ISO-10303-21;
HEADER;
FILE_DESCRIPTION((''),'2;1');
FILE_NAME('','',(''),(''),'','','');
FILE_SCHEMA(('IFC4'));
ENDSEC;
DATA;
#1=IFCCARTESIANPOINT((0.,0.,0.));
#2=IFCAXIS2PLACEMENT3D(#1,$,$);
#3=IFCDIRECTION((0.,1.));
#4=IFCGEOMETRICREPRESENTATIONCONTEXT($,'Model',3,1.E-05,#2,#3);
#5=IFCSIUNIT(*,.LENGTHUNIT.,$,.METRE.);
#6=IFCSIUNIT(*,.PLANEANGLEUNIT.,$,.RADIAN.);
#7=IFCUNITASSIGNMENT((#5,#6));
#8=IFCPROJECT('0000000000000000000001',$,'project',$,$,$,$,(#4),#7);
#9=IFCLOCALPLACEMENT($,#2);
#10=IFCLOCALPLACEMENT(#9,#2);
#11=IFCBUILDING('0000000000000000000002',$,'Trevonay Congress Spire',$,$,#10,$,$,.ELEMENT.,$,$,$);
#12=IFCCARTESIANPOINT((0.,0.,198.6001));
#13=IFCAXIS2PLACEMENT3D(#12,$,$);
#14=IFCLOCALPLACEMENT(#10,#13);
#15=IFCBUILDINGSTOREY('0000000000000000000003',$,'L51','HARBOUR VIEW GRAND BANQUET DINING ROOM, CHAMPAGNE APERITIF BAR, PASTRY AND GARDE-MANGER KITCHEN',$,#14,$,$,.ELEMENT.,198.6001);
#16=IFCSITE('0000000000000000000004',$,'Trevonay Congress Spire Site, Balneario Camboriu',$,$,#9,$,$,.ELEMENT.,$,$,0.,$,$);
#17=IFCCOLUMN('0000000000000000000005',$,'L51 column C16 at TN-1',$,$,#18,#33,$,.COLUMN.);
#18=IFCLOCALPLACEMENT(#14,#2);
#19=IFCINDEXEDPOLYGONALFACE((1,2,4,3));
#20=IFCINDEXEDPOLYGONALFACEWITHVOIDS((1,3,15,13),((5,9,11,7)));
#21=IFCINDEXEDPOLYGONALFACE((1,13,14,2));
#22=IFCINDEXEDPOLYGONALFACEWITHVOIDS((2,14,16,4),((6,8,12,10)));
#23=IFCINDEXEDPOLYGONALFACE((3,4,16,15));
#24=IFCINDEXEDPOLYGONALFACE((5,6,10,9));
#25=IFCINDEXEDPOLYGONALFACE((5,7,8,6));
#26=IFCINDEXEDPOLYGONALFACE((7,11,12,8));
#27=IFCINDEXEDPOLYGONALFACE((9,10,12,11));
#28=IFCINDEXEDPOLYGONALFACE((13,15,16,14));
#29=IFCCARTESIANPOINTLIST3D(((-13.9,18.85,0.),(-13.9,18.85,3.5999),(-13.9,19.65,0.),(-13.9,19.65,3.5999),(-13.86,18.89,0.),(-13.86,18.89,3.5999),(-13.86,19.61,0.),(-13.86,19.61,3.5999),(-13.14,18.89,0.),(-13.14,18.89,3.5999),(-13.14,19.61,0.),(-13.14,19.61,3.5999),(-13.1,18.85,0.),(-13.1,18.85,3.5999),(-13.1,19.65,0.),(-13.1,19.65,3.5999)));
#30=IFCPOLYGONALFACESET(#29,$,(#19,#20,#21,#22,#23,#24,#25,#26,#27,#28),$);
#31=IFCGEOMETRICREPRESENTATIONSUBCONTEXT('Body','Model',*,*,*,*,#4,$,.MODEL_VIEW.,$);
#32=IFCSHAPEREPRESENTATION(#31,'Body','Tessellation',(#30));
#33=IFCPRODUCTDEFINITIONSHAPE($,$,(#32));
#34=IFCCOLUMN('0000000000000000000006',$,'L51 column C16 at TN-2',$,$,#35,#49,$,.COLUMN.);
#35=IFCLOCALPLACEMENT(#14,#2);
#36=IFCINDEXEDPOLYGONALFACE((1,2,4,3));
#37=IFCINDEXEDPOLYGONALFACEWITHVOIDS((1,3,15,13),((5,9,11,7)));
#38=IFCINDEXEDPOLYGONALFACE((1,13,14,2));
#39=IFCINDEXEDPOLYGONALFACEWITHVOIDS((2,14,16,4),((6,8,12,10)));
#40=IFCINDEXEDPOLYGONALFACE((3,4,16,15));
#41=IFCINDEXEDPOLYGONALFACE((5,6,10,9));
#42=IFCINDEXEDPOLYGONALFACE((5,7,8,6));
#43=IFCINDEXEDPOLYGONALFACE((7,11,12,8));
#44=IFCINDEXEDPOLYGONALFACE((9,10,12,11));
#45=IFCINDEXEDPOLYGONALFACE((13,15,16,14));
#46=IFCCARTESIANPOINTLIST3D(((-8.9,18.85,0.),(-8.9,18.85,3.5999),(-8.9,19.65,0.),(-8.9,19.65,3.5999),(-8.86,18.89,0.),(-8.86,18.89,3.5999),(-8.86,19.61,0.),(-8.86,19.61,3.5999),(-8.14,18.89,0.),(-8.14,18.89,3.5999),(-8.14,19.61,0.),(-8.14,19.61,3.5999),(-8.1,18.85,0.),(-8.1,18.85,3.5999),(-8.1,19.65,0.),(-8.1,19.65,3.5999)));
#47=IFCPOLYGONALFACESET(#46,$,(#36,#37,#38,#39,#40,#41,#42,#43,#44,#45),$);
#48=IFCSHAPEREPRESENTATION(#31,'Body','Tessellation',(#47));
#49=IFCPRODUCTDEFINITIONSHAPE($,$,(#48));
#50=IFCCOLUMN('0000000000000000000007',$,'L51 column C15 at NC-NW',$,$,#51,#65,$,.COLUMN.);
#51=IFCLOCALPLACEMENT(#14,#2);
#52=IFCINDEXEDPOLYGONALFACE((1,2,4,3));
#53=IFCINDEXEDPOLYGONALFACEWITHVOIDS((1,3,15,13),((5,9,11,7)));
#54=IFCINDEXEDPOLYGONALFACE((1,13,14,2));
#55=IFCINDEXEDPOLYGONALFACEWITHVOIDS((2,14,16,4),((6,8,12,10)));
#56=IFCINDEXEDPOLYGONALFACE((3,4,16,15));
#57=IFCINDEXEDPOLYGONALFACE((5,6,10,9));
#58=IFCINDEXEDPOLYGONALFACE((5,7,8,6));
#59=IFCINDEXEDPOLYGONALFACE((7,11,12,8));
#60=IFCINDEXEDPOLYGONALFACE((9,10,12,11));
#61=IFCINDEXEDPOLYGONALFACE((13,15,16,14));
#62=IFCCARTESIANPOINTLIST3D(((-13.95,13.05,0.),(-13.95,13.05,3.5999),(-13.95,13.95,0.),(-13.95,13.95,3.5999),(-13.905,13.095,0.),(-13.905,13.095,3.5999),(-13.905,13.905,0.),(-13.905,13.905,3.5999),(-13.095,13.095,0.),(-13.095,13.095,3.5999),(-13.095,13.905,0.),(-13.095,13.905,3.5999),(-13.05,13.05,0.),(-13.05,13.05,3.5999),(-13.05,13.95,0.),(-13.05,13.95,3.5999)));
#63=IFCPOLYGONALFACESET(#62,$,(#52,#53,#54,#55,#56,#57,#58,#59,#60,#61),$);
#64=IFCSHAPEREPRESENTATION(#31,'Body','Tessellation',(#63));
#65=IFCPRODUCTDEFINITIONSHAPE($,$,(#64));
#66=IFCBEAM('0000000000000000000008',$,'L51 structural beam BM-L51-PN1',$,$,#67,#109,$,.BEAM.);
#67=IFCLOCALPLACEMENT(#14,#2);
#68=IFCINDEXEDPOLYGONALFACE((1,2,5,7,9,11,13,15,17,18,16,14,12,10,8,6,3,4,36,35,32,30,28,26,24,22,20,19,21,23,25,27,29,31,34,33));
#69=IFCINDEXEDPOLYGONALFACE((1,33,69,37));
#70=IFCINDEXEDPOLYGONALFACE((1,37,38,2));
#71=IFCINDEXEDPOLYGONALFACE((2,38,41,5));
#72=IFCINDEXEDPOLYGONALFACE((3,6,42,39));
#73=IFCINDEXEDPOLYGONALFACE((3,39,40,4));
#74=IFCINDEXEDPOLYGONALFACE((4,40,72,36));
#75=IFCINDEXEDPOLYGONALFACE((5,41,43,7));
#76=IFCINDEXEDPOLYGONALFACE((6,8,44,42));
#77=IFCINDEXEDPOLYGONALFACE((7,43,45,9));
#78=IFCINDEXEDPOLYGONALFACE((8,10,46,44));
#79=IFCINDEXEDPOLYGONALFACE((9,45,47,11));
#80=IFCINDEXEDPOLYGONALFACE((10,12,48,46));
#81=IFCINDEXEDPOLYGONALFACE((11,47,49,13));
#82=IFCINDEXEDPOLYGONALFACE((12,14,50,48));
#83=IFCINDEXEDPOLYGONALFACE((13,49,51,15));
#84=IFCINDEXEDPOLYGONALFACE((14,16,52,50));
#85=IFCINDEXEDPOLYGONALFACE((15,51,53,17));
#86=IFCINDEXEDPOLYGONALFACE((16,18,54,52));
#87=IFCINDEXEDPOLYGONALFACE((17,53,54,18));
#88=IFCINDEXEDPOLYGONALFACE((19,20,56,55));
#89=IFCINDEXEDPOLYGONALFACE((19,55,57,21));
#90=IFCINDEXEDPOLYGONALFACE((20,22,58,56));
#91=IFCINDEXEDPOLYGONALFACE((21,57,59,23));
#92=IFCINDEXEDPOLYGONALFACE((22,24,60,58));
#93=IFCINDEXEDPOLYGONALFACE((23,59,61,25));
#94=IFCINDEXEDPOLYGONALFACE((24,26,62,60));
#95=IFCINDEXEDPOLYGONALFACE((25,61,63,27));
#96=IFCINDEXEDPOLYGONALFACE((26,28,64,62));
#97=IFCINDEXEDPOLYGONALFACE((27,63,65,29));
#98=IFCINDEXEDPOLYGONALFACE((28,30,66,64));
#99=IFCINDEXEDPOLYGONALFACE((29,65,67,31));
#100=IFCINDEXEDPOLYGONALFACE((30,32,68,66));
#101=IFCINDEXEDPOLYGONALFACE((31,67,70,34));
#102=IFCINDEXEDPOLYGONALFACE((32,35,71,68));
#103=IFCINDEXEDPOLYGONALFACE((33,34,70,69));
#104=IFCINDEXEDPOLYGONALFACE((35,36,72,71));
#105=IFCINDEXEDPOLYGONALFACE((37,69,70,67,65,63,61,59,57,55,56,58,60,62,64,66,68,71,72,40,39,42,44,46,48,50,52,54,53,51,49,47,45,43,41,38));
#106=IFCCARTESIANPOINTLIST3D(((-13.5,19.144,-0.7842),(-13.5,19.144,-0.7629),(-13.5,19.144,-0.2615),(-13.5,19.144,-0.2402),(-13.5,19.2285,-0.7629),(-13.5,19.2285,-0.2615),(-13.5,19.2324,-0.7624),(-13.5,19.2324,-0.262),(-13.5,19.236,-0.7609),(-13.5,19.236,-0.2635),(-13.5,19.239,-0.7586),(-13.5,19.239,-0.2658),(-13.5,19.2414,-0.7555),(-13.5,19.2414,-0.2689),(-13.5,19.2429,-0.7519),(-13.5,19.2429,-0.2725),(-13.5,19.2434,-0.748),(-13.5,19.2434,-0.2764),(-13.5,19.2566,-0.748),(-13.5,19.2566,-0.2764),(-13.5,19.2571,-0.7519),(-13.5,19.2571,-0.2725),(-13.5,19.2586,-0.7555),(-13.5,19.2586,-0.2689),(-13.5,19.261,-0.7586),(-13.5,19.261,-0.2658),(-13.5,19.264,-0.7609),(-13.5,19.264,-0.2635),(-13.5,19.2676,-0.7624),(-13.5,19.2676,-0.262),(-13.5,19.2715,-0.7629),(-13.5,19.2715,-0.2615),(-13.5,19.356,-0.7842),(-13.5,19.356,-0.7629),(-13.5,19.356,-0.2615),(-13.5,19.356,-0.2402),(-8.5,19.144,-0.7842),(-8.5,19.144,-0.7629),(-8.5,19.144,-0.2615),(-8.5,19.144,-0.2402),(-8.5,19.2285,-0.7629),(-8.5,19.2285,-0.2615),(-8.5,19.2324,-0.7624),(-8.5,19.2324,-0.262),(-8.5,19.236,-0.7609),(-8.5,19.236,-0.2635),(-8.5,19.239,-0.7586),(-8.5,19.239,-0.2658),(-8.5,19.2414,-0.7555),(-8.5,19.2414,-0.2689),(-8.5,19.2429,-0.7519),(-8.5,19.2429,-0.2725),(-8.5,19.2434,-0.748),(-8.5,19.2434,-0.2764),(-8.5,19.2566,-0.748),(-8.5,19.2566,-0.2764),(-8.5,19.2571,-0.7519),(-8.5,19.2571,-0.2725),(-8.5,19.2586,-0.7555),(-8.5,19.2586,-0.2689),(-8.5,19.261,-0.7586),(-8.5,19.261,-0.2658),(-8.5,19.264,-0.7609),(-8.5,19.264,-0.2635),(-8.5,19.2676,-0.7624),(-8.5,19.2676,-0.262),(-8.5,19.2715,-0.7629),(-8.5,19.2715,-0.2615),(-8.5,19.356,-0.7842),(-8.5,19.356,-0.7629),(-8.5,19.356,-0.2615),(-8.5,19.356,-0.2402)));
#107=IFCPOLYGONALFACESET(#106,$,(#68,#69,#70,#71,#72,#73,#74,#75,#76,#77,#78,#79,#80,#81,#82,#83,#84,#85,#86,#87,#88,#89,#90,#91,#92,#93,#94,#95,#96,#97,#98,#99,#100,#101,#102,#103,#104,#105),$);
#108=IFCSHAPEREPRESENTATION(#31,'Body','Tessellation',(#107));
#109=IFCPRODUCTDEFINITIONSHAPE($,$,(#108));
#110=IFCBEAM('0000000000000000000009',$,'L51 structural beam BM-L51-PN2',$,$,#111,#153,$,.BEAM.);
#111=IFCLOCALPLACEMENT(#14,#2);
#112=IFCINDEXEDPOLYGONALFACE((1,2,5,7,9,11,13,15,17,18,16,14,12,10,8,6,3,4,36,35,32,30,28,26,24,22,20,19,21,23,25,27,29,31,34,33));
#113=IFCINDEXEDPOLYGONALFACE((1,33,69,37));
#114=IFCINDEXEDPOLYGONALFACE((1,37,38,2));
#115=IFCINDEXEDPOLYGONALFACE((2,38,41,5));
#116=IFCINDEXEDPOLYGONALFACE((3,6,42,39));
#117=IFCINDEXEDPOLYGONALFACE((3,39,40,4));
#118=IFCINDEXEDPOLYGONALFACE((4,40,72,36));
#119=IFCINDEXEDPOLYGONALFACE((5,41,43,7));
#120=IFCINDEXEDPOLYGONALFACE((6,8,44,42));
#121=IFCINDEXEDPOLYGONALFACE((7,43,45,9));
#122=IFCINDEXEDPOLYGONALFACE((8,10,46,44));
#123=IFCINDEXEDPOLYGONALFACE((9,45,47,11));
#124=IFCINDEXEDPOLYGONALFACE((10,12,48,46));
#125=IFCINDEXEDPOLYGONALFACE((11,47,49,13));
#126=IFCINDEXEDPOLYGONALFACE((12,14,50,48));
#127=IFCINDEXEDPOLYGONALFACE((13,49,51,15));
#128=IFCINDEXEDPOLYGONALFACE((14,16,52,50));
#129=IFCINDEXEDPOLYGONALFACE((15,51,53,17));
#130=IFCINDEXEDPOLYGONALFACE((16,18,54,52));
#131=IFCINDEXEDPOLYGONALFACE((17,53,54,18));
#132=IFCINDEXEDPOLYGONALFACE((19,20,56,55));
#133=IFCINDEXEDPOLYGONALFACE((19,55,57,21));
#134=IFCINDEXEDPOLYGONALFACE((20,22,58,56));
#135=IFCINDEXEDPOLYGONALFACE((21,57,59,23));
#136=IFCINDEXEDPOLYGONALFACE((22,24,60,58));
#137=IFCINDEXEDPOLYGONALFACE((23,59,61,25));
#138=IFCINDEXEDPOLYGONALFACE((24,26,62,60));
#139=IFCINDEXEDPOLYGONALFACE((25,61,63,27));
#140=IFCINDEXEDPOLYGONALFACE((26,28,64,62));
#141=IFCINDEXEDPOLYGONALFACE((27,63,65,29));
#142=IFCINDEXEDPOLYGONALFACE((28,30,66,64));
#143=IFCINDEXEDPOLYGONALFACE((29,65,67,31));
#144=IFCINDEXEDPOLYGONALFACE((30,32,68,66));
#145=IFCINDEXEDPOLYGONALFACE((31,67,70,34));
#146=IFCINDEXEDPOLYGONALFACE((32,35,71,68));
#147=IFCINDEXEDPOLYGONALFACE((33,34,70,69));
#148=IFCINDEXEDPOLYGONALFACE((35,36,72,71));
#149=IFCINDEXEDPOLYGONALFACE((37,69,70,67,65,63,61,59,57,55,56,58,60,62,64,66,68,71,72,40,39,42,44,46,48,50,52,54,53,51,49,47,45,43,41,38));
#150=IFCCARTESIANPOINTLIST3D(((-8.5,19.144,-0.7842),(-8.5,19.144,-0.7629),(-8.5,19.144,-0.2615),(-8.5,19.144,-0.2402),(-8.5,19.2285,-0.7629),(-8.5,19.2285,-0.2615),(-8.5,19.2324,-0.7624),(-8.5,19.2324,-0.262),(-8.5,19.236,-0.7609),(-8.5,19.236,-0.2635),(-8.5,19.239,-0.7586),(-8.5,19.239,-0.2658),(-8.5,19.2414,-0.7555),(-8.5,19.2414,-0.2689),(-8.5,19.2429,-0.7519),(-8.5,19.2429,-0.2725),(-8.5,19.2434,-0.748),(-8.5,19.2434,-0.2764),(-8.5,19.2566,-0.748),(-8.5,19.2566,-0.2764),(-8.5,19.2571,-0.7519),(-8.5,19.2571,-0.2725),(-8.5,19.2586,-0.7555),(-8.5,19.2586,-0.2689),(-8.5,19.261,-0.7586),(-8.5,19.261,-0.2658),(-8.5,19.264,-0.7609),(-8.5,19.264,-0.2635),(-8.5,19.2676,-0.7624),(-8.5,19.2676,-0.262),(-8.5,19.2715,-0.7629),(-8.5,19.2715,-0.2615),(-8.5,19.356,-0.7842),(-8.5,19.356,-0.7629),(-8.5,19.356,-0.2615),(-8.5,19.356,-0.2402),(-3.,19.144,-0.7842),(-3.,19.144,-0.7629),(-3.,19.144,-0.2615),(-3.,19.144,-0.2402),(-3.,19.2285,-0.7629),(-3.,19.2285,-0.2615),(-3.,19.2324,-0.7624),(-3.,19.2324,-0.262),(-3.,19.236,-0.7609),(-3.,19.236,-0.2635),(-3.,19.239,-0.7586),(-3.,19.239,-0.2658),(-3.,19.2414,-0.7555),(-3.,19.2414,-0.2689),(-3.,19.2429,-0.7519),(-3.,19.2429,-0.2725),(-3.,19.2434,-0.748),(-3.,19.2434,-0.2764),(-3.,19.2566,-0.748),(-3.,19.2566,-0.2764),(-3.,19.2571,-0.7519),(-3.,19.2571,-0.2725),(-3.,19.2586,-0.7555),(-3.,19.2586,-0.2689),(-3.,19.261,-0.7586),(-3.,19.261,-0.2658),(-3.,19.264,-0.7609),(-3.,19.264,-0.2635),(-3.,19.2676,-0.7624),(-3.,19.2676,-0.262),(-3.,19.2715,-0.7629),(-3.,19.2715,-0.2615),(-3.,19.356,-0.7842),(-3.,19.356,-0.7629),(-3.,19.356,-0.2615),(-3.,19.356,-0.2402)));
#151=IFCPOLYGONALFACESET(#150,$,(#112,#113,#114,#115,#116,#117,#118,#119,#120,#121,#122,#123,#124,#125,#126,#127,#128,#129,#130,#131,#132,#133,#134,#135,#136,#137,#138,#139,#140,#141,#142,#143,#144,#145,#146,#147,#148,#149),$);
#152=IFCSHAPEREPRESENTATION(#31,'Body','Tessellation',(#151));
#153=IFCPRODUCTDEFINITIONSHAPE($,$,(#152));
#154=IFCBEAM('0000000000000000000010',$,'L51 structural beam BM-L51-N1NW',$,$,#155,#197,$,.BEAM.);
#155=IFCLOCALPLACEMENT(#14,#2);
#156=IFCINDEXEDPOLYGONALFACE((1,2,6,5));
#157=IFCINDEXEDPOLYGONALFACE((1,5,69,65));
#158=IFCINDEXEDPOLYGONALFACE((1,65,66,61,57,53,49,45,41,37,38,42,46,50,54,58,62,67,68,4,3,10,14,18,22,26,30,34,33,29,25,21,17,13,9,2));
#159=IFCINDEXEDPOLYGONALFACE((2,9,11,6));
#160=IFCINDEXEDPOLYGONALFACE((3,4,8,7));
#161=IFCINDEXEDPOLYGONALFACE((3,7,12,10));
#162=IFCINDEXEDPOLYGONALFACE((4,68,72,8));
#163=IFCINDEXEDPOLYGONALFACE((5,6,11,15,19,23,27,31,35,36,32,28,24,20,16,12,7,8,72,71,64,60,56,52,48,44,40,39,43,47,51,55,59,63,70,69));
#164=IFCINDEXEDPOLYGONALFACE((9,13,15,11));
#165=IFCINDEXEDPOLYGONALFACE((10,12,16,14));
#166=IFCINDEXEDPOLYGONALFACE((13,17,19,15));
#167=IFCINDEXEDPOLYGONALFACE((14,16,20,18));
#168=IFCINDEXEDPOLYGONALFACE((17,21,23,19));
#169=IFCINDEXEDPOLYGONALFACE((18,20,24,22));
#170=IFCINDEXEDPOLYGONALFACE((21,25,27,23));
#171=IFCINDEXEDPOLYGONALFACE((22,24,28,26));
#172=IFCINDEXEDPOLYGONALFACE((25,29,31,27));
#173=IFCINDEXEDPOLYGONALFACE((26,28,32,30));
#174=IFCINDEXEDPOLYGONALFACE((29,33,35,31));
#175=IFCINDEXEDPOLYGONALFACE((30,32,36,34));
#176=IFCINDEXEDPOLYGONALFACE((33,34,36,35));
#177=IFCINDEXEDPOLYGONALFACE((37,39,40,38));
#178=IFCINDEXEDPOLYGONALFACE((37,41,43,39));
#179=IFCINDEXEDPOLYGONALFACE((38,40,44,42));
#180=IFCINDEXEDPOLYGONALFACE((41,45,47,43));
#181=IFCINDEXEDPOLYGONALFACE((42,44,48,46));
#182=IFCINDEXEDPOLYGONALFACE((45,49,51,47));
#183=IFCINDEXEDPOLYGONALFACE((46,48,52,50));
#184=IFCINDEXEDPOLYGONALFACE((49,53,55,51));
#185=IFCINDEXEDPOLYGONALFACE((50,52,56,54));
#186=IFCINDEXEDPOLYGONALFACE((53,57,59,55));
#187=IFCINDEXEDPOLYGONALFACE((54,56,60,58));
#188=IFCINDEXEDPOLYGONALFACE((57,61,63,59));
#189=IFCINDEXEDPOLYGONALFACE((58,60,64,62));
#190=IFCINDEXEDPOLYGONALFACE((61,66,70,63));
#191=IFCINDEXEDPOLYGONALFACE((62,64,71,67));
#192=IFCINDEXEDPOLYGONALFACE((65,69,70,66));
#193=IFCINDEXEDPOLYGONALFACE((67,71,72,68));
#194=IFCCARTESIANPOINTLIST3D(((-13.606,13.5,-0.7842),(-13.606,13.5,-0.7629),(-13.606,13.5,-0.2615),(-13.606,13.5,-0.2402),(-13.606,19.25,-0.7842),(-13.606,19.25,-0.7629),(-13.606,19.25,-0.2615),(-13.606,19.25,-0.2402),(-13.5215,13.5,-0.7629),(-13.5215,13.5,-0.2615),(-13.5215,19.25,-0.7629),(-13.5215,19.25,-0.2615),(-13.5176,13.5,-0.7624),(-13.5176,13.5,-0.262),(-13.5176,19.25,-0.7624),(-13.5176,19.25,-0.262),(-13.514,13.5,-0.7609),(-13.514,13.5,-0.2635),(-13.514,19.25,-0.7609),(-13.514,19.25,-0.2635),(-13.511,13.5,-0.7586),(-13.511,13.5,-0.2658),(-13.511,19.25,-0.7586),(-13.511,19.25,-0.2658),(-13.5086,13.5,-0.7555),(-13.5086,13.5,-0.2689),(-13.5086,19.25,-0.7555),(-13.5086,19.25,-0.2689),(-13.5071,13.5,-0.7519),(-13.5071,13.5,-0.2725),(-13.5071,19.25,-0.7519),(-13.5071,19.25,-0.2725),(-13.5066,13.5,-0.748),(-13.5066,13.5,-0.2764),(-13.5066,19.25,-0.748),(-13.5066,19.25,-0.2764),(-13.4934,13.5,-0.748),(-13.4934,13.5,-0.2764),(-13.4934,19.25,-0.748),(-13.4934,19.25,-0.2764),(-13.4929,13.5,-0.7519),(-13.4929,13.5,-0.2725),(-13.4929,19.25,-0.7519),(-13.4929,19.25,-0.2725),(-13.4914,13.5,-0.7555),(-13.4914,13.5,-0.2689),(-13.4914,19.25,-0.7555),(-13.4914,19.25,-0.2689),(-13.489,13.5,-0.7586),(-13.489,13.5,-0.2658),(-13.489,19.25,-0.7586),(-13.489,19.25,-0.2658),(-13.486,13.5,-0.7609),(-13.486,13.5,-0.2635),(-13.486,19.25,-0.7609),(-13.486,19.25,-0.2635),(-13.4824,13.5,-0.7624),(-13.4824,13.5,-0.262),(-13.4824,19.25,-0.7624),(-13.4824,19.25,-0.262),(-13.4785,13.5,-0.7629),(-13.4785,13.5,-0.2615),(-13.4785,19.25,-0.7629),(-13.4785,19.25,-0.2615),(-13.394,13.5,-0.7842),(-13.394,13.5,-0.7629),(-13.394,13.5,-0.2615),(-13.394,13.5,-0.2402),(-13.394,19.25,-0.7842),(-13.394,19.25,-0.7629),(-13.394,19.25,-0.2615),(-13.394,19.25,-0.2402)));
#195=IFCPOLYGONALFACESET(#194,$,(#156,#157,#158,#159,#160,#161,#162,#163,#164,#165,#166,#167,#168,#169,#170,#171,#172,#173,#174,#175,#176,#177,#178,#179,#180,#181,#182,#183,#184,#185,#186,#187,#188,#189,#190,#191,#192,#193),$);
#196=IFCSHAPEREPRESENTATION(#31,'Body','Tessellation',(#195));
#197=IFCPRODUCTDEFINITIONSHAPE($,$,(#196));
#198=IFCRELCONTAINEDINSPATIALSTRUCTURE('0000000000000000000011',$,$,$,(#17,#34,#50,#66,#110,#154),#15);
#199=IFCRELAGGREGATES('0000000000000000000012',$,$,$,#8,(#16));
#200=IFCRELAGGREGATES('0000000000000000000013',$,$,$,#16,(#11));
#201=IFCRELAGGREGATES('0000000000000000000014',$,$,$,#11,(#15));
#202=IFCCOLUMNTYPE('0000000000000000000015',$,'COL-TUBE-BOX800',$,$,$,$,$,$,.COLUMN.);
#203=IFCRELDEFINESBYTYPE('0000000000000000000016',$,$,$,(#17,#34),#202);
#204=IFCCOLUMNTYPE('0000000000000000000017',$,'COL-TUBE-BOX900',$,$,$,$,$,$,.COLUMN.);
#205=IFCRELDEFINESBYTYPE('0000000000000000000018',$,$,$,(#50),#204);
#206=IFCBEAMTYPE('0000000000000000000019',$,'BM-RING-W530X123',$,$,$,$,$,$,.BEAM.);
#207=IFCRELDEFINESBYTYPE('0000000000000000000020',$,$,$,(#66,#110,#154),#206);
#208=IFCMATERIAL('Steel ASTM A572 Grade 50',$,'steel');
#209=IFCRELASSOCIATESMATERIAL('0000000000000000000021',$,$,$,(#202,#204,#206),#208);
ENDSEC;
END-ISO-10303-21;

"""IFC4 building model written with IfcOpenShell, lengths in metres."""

from ifc_helpers import new_model, si_unit, direction, frame, origin, origin_2d, place, context, subcontext, project, spatial, hollow_rectangle, i_section, extrude, material, material_profile, profile_set, type_object, element, save


model = new_model("IFC4")

# Units and contexts
model_context = context("Model", 3, precision=1e-05, world=origin(), true_north=direction((0.0, 1.0)))
body_context = subcontext(model_context, "Body", "Model", "MODEL_VIEW")
ifc_project = project(units=[si_unit("LENGTHUNIT", "METRE"), si_unit("PLANEANGLEUNIT", "RADIAN")], contexts=[model_context])

# Site, building, storey
site_placement = place(None, origin())
site = spatial("IfcSite", under=ifc_project, at=site_placement, Name="Trevonay Congress Spire Site, Balneario Camboriu", CompositionType="ELEMENT", RefElevation=0.0)
building_placement = place(site_placement, origin())
building = spatial("IfcBuilding", under=site, at=building_placement, Name="Trevonay Congress Spire", CompositionType="ELEMENT")
storey_placement = place(building_placement, frame((0.0, 0.0, 198.6001)))
storey = spatial("IfcBuildingStorey", under=building, at=storey_placement, Name="L51", Description="HARBOUR VIEW GRAND BANQUET DINING ROOM, CHAMPAGNE APERITIF BAR, PASTRY AND GARDE-MANGER KITCHEN", CompositionType="ELEMENT", Elevation=198.6001)

# Columns
ifc_material_1 = material(Name="Steel ASTM A572 Grade 50", Category="steel")
ifc_material_profile_1 = material_profile(ifc_material_1, hollow_rectangle(XDim=0.8, YDim=0.8, WallThickness=0.04, at=origin_2d()), Name="BOX 800x800x40")
ifc_profile_set_1 = profile_set([ifc_material_profile_1], Name="Steel ASTM A572 Grade 50")
column_type_1 = type_object("IfcColumnType", Name="COL-TUBE-BOX800", PredefinedType="COLUMN", material=ifc_profile_set_1)
for number, where, z_axis, x_axis, name in (
    (1, (-13.5, 19.25, 0.0), (0.0, 0.0, 1.0), (1.0, 0.0, 0.0), "L51 column C16 at TN-1"),
    (2, (-8.5, 19.25, 0.0), (0.0, 0.0, 1.0), (1.0, 0.0, 0.0), "L51 column C16 at TN-2"),
):
    element("IfcColumn", number, at=place(storey_placement, frame(where, z_axis=z_axis, x_axis=x_axis)), inside=storey, type_object=column_type_1, Name=name, PredefinedType="COLUMN", context=body_context, shape_type="SweptSolid", body=[
        extrude(hollow_rectangle(XDim=0.8, YDim=0.8, WallThickness=0.04, at=origin_2d()), origin(), (0.0, 0.0, 1.0), 3.5999),
    ])
ifc_material_profile_2 = material_profile(ifc_material_1, hollow_rectangle(XDim=0.8999, YDim=0.8999, WallThickness=0.0449, at=origin_2d()), Name="BOX 900x900x45")
ifc_profile_set_2 = profile_set([ifc_material_profile_2], Name="Steel ASTM A572 Grade 50")
column_type_2 = type_object("IfcColumnType", Name="COL-TUBE-BOX900", PredefinedType="COLUMN", material=ifc_profile_set_2)
column_placement = place(storey_placement, frame((-13.5, 13.5, 0.0), z_axis=(0.0, 0.0, 1.0), x_axis=(1.0, 0.0, 0.0)))
element("IfcColumn", 3, at=column_placement, inside=storey, type_object=column_type_2, Name="L51 column C15 at NC-NW", PredefinedType="COLUMN", context=body_context, shape_type="SweptSolid", body=[
    extrude(hollow_rectangle(XDim=0.8999, YDim=0.8999, WallThickness=0.0449, at=origin_2d()), origin(), (0.0, 0.0, 1.0), 3.5999),
])

# Beams
ifc_material_profile_3 = material_profile(ifc_material_1, i_section(OverallWidth=0.2119, OverallDepth=0.5439, WebThickness=0.0132, FlangeThickness=0.0212, FilletRadius=0.0149, at=origin_2d()), Name="W530x123")
ifc_profile_set_3 = profile_set([ifc_material_profile_3], Name="Steel ASTM A572 Grade 50")
beam_type = type_object("IfcBeamType", Name="BM-RING-W530X123", PredefinedType="BEAM", material=ifc_profile_set_3)
beam_1_placement = place(storey_placement, frame((-13.5, 19.25, -0.5122), z_axis=(1.0, 0.0, 0.0), x_axis=(0.0, 1.0, 0.0)))
element("IfcBeam", 4, at=beam_1_placement, inside=storey, type_object=beam_type, Name="L51 structural beam BM-L51-PN1", PredefinedType="BEAM", context=body_context, shape_type="SweptSolid", body=[
    extrude(i_section(OverallWidth=0.2119, OverallDepth=0.5439, WebThickness=0.0132, FlangeThickness=0.0212, FilletRadius=0.0149, at=origin_2d()), origin(), (0.0, 0.0, 1.0), 5.0),
])
beam_2_placement = place(storey_placement, frame((-8.5, 19.25, -0.5122), z_axis=(1.0, 0.0, 0.0), x_axis=(0.0, 1.0, 0.0)))
element("IfcBeam", 5, at=beam_2_placement, inside=storey, type_object=beam_type, Name="L51 structural beam BM-L51-PN2", PredefinedType="BEAM", context=body_context, shape_type="SweptSolid", body=[
    extrude(i_section(OverallWidth=0.2119, OverallDepth=0.5439, WebThickness=0.0132, FlangeThickness=0.0212, FilletRadius=0.0149, at=origin_2d()), origin(), (0.0, 0.0, 1.0), 5.5),
])
for number, where, z_axis, x_axis, name in (
    (6, (-13.5, 19.25, -0.5122), (0.0, -1.0, 0.0), (1.0, 0.0, 0.0), "L51 structural beam BM-L51-N1NW"),
):
    element("IfcBeam", number, at=place(storey_placement, frame(where, z_axis=z_axis, x_axis=x_axis)), inside=storey, type_object=beam_type, Name=name, PredefinedType="BEAM", context=body_context, shape_type="SweptSolid", body=[
        extrude(i_section(OverallWidth=0.2119, OverallDepth=0.5439, WebThickness=0.0132, FlangeThickness=0.0212, FilletRadius=0.0149, at=origin_2d()), origin(), (0.0, 0.0, 1.0), 5.75),
    ])

save(model, "model.ifc")
